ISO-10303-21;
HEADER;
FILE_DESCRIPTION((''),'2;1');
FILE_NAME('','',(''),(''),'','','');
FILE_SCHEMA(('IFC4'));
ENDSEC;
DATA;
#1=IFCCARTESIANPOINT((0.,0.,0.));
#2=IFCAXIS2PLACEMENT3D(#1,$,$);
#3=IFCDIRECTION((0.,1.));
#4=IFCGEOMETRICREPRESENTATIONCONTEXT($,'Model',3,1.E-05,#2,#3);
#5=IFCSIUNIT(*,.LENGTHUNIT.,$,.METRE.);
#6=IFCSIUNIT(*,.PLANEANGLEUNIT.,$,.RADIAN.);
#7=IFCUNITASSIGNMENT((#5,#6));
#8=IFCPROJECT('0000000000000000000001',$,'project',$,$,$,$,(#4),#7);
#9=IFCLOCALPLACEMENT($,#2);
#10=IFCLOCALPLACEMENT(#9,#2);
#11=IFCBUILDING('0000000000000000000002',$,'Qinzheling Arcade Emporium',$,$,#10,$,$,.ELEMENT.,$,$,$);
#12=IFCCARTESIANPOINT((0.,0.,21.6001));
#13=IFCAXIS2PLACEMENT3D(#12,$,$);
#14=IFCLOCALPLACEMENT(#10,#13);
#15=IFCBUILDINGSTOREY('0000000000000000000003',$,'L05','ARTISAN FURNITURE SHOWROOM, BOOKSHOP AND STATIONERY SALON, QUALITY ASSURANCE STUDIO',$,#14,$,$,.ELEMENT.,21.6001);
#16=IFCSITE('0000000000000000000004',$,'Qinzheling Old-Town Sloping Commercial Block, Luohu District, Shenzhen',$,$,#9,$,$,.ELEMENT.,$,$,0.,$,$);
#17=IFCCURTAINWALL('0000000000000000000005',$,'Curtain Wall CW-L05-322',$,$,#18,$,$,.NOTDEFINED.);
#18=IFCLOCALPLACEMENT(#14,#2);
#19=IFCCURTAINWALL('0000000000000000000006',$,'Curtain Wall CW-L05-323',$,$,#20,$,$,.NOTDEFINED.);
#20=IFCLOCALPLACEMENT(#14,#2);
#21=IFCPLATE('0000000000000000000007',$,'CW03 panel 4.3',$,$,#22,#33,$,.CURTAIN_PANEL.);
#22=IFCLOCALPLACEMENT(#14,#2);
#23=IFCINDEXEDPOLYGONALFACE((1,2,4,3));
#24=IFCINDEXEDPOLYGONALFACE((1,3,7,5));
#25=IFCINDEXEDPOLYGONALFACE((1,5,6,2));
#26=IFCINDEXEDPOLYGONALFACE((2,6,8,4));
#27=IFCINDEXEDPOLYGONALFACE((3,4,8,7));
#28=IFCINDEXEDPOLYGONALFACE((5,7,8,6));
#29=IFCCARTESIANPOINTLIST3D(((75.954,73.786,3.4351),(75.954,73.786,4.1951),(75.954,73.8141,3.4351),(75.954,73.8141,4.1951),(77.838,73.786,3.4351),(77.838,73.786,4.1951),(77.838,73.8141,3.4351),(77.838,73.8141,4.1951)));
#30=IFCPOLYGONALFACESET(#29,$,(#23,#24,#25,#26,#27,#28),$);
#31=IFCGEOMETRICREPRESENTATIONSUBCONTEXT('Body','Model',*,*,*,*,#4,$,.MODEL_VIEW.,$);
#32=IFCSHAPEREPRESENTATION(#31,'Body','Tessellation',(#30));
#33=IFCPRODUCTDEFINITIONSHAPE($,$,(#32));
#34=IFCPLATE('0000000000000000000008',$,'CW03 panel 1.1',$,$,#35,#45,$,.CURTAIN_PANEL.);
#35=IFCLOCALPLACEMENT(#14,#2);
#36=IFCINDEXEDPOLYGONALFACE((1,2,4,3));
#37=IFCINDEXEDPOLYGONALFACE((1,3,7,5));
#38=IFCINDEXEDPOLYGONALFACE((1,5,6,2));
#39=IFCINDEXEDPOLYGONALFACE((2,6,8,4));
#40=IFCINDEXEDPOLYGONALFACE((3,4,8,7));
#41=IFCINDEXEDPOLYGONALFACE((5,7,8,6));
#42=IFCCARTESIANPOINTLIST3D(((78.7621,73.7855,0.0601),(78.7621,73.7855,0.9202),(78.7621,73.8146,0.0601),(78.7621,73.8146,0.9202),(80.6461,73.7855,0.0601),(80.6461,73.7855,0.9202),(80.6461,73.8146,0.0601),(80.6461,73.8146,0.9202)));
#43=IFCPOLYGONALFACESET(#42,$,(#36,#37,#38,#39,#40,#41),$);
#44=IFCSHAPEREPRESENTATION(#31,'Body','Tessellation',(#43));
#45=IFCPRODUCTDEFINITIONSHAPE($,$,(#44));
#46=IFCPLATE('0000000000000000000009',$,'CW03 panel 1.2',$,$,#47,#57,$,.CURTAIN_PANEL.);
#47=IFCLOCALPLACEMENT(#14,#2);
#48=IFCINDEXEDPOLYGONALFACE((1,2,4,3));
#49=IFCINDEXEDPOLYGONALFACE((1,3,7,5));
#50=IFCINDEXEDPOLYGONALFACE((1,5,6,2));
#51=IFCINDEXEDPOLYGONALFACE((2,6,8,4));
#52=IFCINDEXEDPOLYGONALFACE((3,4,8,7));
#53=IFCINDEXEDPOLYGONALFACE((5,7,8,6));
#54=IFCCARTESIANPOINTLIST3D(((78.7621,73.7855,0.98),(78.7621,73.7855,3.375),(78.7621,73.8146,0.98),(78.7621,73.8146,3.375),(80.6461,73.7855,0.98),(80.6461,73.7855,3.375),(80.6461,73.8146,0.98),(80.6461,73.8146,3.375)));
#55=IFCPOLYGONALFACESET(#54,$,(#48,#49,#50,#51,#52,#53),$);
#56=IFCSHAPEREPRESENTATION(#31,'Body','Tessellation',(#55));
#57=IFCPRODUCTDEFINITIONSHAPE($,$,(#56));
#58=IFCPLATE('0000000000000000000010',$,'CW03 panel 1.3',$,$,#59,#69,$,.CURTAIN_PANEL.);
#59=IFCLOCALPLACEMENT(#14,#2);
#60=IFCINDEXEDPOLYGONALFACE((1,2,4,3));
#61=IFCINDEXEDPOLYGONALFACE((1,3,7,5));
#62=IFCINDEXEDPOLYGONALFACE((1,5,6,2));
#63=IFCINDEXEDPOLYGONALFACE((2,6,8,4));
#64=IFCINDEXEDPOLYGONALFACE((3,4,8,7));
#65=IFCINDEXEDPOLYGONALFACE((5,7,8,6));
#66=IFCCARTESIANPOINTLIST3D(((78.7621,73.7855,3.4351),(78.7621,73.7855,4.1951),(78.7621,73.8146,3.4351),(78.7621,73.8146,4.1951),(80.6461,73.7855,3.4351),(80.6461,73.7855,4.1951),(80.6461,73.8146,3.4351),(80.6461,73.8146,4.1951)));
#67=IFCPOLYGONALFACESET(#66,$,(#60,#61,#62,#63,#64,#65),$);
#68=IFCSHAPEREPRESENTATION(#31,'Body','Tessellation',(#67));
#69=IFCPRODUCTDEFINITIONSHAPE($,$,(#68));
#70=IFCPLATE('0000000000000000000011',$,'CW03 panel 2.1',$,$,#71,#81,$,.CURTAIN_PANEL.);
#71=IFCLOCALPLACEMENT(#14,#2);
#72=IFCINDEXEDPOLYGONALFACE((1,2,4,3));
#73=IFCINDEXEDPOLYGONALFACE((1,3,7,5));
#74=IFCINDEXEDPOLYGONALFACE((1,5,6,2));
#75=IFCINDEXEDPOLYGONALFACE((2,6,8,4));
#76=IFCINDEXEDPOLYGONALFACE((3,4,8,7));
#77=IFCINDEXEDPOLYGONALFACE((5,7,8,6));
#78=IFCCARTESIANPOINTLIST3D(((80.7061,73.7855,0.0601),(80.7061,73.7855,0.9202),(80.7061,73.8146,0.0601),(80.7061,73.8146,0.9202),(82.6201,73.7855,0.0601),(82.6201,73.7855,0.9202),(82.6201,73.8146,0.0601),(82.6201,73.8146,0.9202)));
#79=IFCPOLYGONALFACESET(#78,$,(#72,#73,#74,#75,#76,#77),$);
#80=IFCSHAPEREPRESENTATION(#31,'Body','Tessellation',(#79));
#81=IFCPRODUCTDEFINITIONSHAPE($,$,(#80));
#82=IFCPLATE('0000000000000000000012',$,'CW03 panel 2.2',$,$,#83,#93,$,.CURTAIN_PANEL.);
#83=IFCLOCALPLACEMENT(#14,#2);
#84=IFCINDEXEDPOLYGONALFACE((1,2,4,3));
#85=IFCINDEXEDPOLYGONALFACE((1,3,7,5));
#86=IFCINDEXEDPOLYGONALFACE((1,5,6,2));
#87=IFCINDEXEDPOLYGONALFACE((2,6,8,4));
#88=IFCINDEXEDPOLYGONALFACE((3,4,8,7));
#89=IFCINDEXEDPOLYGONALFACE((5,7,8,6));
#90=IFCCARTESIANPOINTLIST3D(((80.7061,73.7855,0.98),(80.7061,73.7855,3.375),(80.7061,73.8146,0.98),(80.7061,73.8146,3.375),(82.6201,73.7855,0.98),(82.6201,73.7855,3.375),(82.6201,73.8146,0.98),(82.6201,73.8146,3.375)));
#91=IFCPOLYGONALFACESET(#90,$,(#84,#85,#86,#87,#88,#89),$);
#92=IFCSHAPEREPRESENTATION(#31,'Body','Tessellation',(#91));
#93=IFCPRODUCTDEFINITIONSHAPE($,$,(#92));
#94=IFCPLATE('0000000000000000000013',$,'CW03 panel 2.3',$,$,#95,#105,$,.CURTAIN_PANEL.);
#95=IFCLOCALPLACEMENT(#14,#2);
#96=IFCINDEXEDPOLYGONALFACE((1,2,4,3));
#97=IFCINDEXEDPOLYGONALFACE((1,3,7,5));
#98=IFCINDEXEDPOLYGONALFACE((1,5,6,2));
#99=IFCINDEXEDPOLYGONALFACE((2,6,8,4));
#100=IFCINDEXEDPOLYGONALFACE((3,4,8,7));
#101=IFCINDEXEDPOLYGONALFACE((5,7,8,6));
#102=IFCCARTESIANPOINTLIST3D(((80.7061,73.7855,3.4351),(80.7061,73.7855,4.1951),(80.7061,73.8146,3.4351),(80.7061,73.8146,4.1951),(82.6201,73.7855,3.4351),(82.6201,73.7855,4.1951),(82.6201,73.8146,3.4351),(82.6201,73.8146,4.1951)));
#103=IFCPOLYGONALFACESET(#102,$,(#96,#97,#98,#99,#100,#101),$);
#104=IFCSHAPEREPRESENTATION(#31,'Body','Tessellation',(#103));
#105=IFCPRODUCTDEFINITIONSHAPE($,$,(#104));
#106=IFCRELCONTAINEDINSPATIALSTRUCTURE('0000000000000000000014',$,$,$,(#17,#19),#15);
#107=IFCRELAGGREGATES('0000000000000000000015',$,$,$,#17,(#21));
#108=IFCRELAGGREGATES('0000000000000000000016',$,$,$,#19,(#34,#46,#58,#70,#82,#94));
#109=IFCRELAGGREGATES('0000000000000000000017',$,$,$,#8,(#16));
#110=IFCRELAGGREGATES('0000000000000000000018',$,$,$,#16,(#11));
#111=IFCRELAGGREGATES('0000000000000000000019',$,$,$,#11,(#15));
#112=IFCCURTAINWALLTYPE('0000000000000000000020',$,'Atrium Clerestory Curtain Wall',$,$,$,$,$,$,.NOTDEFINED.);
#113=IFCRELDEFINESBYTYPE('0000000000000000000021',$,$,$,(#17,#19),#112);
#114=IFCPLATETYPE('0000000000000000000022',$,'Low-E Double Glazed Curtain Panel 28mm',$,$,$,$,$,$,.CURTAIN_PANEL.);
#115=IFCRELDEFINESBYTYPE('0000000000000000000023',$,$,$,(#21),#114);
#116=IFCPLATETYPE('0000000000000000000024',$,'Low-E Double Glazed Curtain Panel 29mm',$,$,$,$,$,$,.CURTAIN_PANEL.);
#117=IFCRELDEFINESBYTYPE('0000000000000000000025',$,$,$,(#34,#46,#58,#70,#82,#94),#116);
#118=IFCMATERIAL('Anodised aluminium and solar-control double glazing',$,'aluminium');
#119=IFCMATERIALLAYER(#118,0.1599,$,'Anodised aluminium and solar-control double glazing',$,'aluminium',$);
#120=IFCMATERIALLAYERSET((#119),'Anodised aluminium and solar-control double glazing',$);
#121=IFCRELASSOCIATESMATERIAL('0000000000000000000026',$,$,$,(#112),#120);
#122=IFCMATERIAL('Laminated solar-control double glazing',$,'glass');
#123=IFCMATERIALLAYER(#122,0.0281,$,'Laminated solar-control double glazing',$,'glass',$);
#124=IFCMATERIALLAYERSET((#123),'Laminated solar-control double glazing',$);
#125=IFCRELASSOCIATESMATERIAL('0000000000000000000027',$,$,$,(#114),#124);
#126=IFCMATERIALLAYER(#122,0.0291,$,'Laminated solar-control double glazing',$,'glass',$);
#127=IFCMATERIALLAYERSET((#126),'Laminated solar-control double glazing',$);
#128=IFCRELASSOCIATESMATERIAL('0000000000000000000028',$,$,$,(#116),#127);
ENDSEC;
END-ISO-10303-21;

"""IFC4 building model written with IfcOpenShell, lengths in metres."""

from ifc_helpers import new_model, si_unit, direction, frame, origin, origin_2d, place, context, subcontext, project, spatial, rectangle, extrude, material, layer, layer_set, type_object, element, aggregate, save


model = new_model("IFC4")

# Units and contexts
model_context = context("Model", 3, precision=1e-05, world=origin(), true_north=direction((0.0, 1.0)))
body_context = subcontext(model_context, "Body", "Model", "MODEL_VIEW")
ifc_project = project(units=[si_unit("LENGTHUNIT", "METRE"), si_unit("PLANEANGLEUNIT", "RADIAN")], contexts=[model_context])

# Site, building, storey
site_placement = place(None, origin())
site = spatial("IfcSite", under=ifc_project, at=site_placement, Name="Qinzheling Old-Town Sloping Commercial Block, Luohu District, Shenzhen", CompositionType="ELEMENT", RefElevation=0.0)
building_placement = place(site_placement, origin())
building = spatial("IfcBuilding", under=site, at=building_placement, Name="Qinzheling Arcade Emporium", CompositionType="ELEMENT")
storey_placement = place(building_placement, frame((0.0, 0.0, 21.6001)))
storey = spatial("IfcBuildingStorey", under=building, at=storey_placement, Name="L05", Description="ARTISAN FURNITURE SHOWROOM, BOOKSHOP AND STATIONERY SALON, QUALITY ASSURANCE STUDIO", CompositionType="ELEMENT", Elevation=21.6001)

# Curtain walls
ifc_material_1 = material(Name="Anodised aluminium and solar-control double glazing", Category="aluminium")
ifc_layer_1 = layer(ifc_material_1, 0.1599, Name="Anodised aluminium and solar-control double glazing", Category="aluminium")
ifc_layer_set_1 = layer_set([ifc_layer_1], Name="Anodised aluminium and solar-control double glazing")
curtain_wall_type = type_object("IfcCurtainWallType", Name="Atrium Clerestory Curtain Wall", PredefinedType="NOTDEFINED", material=ifc_layer_set_1)
curtain_wall_1_placement = place(storey_placement, origin())
curtain_wall_1 = element("IfcCurtainWall", 1, at=curtain_wall_1_placement, inside=storey, type_object=curtain_wall_type, Name="Curtain Wall CW-L05-322", PredefinedType="NOTDEFINED")
curtain_wall_2_placement = place(storey_placement, origin())
curtain_wall_2 = element("IfcCurtainWall", 2, at=curtain_wall_2_placement, inside=storey, type_object=curtain_wall_type, Name="Curtain Wall CW-L05-323", PredefinedType="NOTDEFINED")

# Plates
ifc_material_2 = material(Name="Laminated solar-control double glazing", Category="glass")
ifc_layer_2 = layer(ifc_material_2, 0.0281, Name="Laminated solar-control double glazing", Category="glass")
ifc_layer_set_2 = layer_set([ifc_layer_2], Name="Laminated solar-control double glazing")
plate_type_1 = type_object("IfcPlateType", Name="Low-E Double Glazed Curtain Panel 28mm", PredefinedType="CURTAIN_PANEL", material=ifc_layer_set_2)
plate_1_placement = place(storey_placement, frame((76.896, 73.8, 3.4351), z_axis=(0.0, 0.0, 1.0), x_axis=(1.0, 0.0, 0.0)))
plate_1 = element("IfcPlate", 3, at=plate_1_placement, type_object=plate_type_1, Name="CW03 panel 4.3", PredefinedType="CURTAIN_PANEL", context=body_context, shape_type="SweptSolid", body=[
    extrude(rectangle(XDim=1.884, YDim=0.0281, at=origin_2d()), origin(), (0.0, 0.0, 1.0), 0.76),
])
aggregate(curtain_wall_1, [plate_1])
ifc_layer_3 = layer(ifc_material_2, 0.0291, Name="Laminated solar-control double glazing", Category="glass")
ifc_layer_set_3 = layer_set([ifc_layer_3], Name="Laminated solar-control double glazing")
plate_type_2 = type_object("IfcPlateType", Name="Low-E Double Glazed Curtain Panel 29mm", PredefinedType="CURTAIN_PANEL", material=ifc_layer_set_3)
plate_2_placement = place(storey_placement, frame((79.7041, 73.8, 0.0601), z_axis=(0.0, 0.0, 1.0), x_axis=(1.0, 0.0, 0.0)))
plate_2 = element("IfcPlate", 4, at=plate_2_placement, type_object=plate_type_2, Name="CW03 panel 1.1", PredefinedType="CURTAIN_PANEL", context=body_context, shape_type="SweptSolid", body=[
    extrude(rectangle(XDim=1.884, YDim=0.0291, at=origin_2d()), origin(), (0.0, 0.0, 1.0), 0.8601),
])
plate_3_placement = place(storey_placement, frame((79.7041, 73.8, 0.98), z_axis=(0.0, 0.0, 1.0), x_axis=(1.0, 0.0, 0.0)))
plate_3 = element("IfcPlate", 5, at=plate_3_placement, type_object=plate_type_2, Name="CW03 panel 1.2", PredefinedType="CURTAIN_PANEL", context=body_context, shape_type="SweptSolid", body=[
    extrude(rectangle(XDim=1.884, YDim=0.0291, at=origin_2d()), origin(), (0.0, 0.0, 1.0), 2.395),
])
plate_4_placement = place(storey_placement, frame((79.7041, 73.8, 3.4351), z_axis=(0.0, 0.0, 1.0), x_axis=(1.0, 0.0, 0.0)))
plate_4 = element("IfcPlate", 6, at=plate_4_placement, type_object=plate_type_2, Name="CW03 panel 1.3", PredefinedType="CURTAIN_PANEL", context=body_context, shape_type="SweptSolid", body=[
    extrude(rectangle(XDim=1.884, YDim=0.0291, at=origin_2d()), origin(), (0.0, 0.0, 1.0), 0.76),
])
plate_5_placement = place(storey_placement, frame((81.6631, 73.8, 0.0601), z_axis=(0.0, 0.0, 1.0), x_axis=(1.0, 0.0, 0.0)))
plate_5 = element("IfcPlate", 7, at=plate_5_placement, type_object=plate_type_2, Name="CW03 panel 2.1", PredefinedType="CURTAIN_PANEL", context=body_context, shape_type="SweptSolid", body=[
    extrude(rectangle(XDim=1.9141, YDim=0.0291, at=origin_2d()), origin(), (0.0, 0.0, 1.0), 0.8601),
])
plate_6_placement = place(storey_placement, frame((81.6631, 73.8, 0.98), z_axis=(0.0, 0.0, 1.0), x_axis=(1.0, 0.0, 0.0)))
plate_6 = element("IfcPlate", 8, at=plate_6_placement, type_object=plate_type_2, Name="CW03 panel 2.2", PredefinedType="CURTAIN_PANEL", context=body_context, shape_type="SweptSolid", body=[
    extrude(rectangle(XDim=1.9141, YDim=0.0291, at=origin_2d()), origin(), (0.0, 0.0, 1.0), 2.395),
])
plate_7_placement = place(storey_placement, frame((81.6631, 73.8, 3.4351), z_axis=(0.0, 0.0, 1.0), x_axis=(1.0, 0.0, 0.0)))
plate_7 = element("IfcPlate", 9, at=plate_7_placement, type_object=plate_type_2, Name="CW03 panel 2.3", PredefinedType="CURTAIN_PANEL", context=body_context, shape_type="SweptSolid", body=[
    extrude(rectangle(XDim=1.9141, YDim=0.0291, at=origin_2d()), origin(), (0.0, 0.0, 1.0), 0.76),
])
aggregate(curtain_wall_2, [plate_2, plate_3, plate_4, plate_5, plate_6, plate_7])

save(model, "model.ifc")
